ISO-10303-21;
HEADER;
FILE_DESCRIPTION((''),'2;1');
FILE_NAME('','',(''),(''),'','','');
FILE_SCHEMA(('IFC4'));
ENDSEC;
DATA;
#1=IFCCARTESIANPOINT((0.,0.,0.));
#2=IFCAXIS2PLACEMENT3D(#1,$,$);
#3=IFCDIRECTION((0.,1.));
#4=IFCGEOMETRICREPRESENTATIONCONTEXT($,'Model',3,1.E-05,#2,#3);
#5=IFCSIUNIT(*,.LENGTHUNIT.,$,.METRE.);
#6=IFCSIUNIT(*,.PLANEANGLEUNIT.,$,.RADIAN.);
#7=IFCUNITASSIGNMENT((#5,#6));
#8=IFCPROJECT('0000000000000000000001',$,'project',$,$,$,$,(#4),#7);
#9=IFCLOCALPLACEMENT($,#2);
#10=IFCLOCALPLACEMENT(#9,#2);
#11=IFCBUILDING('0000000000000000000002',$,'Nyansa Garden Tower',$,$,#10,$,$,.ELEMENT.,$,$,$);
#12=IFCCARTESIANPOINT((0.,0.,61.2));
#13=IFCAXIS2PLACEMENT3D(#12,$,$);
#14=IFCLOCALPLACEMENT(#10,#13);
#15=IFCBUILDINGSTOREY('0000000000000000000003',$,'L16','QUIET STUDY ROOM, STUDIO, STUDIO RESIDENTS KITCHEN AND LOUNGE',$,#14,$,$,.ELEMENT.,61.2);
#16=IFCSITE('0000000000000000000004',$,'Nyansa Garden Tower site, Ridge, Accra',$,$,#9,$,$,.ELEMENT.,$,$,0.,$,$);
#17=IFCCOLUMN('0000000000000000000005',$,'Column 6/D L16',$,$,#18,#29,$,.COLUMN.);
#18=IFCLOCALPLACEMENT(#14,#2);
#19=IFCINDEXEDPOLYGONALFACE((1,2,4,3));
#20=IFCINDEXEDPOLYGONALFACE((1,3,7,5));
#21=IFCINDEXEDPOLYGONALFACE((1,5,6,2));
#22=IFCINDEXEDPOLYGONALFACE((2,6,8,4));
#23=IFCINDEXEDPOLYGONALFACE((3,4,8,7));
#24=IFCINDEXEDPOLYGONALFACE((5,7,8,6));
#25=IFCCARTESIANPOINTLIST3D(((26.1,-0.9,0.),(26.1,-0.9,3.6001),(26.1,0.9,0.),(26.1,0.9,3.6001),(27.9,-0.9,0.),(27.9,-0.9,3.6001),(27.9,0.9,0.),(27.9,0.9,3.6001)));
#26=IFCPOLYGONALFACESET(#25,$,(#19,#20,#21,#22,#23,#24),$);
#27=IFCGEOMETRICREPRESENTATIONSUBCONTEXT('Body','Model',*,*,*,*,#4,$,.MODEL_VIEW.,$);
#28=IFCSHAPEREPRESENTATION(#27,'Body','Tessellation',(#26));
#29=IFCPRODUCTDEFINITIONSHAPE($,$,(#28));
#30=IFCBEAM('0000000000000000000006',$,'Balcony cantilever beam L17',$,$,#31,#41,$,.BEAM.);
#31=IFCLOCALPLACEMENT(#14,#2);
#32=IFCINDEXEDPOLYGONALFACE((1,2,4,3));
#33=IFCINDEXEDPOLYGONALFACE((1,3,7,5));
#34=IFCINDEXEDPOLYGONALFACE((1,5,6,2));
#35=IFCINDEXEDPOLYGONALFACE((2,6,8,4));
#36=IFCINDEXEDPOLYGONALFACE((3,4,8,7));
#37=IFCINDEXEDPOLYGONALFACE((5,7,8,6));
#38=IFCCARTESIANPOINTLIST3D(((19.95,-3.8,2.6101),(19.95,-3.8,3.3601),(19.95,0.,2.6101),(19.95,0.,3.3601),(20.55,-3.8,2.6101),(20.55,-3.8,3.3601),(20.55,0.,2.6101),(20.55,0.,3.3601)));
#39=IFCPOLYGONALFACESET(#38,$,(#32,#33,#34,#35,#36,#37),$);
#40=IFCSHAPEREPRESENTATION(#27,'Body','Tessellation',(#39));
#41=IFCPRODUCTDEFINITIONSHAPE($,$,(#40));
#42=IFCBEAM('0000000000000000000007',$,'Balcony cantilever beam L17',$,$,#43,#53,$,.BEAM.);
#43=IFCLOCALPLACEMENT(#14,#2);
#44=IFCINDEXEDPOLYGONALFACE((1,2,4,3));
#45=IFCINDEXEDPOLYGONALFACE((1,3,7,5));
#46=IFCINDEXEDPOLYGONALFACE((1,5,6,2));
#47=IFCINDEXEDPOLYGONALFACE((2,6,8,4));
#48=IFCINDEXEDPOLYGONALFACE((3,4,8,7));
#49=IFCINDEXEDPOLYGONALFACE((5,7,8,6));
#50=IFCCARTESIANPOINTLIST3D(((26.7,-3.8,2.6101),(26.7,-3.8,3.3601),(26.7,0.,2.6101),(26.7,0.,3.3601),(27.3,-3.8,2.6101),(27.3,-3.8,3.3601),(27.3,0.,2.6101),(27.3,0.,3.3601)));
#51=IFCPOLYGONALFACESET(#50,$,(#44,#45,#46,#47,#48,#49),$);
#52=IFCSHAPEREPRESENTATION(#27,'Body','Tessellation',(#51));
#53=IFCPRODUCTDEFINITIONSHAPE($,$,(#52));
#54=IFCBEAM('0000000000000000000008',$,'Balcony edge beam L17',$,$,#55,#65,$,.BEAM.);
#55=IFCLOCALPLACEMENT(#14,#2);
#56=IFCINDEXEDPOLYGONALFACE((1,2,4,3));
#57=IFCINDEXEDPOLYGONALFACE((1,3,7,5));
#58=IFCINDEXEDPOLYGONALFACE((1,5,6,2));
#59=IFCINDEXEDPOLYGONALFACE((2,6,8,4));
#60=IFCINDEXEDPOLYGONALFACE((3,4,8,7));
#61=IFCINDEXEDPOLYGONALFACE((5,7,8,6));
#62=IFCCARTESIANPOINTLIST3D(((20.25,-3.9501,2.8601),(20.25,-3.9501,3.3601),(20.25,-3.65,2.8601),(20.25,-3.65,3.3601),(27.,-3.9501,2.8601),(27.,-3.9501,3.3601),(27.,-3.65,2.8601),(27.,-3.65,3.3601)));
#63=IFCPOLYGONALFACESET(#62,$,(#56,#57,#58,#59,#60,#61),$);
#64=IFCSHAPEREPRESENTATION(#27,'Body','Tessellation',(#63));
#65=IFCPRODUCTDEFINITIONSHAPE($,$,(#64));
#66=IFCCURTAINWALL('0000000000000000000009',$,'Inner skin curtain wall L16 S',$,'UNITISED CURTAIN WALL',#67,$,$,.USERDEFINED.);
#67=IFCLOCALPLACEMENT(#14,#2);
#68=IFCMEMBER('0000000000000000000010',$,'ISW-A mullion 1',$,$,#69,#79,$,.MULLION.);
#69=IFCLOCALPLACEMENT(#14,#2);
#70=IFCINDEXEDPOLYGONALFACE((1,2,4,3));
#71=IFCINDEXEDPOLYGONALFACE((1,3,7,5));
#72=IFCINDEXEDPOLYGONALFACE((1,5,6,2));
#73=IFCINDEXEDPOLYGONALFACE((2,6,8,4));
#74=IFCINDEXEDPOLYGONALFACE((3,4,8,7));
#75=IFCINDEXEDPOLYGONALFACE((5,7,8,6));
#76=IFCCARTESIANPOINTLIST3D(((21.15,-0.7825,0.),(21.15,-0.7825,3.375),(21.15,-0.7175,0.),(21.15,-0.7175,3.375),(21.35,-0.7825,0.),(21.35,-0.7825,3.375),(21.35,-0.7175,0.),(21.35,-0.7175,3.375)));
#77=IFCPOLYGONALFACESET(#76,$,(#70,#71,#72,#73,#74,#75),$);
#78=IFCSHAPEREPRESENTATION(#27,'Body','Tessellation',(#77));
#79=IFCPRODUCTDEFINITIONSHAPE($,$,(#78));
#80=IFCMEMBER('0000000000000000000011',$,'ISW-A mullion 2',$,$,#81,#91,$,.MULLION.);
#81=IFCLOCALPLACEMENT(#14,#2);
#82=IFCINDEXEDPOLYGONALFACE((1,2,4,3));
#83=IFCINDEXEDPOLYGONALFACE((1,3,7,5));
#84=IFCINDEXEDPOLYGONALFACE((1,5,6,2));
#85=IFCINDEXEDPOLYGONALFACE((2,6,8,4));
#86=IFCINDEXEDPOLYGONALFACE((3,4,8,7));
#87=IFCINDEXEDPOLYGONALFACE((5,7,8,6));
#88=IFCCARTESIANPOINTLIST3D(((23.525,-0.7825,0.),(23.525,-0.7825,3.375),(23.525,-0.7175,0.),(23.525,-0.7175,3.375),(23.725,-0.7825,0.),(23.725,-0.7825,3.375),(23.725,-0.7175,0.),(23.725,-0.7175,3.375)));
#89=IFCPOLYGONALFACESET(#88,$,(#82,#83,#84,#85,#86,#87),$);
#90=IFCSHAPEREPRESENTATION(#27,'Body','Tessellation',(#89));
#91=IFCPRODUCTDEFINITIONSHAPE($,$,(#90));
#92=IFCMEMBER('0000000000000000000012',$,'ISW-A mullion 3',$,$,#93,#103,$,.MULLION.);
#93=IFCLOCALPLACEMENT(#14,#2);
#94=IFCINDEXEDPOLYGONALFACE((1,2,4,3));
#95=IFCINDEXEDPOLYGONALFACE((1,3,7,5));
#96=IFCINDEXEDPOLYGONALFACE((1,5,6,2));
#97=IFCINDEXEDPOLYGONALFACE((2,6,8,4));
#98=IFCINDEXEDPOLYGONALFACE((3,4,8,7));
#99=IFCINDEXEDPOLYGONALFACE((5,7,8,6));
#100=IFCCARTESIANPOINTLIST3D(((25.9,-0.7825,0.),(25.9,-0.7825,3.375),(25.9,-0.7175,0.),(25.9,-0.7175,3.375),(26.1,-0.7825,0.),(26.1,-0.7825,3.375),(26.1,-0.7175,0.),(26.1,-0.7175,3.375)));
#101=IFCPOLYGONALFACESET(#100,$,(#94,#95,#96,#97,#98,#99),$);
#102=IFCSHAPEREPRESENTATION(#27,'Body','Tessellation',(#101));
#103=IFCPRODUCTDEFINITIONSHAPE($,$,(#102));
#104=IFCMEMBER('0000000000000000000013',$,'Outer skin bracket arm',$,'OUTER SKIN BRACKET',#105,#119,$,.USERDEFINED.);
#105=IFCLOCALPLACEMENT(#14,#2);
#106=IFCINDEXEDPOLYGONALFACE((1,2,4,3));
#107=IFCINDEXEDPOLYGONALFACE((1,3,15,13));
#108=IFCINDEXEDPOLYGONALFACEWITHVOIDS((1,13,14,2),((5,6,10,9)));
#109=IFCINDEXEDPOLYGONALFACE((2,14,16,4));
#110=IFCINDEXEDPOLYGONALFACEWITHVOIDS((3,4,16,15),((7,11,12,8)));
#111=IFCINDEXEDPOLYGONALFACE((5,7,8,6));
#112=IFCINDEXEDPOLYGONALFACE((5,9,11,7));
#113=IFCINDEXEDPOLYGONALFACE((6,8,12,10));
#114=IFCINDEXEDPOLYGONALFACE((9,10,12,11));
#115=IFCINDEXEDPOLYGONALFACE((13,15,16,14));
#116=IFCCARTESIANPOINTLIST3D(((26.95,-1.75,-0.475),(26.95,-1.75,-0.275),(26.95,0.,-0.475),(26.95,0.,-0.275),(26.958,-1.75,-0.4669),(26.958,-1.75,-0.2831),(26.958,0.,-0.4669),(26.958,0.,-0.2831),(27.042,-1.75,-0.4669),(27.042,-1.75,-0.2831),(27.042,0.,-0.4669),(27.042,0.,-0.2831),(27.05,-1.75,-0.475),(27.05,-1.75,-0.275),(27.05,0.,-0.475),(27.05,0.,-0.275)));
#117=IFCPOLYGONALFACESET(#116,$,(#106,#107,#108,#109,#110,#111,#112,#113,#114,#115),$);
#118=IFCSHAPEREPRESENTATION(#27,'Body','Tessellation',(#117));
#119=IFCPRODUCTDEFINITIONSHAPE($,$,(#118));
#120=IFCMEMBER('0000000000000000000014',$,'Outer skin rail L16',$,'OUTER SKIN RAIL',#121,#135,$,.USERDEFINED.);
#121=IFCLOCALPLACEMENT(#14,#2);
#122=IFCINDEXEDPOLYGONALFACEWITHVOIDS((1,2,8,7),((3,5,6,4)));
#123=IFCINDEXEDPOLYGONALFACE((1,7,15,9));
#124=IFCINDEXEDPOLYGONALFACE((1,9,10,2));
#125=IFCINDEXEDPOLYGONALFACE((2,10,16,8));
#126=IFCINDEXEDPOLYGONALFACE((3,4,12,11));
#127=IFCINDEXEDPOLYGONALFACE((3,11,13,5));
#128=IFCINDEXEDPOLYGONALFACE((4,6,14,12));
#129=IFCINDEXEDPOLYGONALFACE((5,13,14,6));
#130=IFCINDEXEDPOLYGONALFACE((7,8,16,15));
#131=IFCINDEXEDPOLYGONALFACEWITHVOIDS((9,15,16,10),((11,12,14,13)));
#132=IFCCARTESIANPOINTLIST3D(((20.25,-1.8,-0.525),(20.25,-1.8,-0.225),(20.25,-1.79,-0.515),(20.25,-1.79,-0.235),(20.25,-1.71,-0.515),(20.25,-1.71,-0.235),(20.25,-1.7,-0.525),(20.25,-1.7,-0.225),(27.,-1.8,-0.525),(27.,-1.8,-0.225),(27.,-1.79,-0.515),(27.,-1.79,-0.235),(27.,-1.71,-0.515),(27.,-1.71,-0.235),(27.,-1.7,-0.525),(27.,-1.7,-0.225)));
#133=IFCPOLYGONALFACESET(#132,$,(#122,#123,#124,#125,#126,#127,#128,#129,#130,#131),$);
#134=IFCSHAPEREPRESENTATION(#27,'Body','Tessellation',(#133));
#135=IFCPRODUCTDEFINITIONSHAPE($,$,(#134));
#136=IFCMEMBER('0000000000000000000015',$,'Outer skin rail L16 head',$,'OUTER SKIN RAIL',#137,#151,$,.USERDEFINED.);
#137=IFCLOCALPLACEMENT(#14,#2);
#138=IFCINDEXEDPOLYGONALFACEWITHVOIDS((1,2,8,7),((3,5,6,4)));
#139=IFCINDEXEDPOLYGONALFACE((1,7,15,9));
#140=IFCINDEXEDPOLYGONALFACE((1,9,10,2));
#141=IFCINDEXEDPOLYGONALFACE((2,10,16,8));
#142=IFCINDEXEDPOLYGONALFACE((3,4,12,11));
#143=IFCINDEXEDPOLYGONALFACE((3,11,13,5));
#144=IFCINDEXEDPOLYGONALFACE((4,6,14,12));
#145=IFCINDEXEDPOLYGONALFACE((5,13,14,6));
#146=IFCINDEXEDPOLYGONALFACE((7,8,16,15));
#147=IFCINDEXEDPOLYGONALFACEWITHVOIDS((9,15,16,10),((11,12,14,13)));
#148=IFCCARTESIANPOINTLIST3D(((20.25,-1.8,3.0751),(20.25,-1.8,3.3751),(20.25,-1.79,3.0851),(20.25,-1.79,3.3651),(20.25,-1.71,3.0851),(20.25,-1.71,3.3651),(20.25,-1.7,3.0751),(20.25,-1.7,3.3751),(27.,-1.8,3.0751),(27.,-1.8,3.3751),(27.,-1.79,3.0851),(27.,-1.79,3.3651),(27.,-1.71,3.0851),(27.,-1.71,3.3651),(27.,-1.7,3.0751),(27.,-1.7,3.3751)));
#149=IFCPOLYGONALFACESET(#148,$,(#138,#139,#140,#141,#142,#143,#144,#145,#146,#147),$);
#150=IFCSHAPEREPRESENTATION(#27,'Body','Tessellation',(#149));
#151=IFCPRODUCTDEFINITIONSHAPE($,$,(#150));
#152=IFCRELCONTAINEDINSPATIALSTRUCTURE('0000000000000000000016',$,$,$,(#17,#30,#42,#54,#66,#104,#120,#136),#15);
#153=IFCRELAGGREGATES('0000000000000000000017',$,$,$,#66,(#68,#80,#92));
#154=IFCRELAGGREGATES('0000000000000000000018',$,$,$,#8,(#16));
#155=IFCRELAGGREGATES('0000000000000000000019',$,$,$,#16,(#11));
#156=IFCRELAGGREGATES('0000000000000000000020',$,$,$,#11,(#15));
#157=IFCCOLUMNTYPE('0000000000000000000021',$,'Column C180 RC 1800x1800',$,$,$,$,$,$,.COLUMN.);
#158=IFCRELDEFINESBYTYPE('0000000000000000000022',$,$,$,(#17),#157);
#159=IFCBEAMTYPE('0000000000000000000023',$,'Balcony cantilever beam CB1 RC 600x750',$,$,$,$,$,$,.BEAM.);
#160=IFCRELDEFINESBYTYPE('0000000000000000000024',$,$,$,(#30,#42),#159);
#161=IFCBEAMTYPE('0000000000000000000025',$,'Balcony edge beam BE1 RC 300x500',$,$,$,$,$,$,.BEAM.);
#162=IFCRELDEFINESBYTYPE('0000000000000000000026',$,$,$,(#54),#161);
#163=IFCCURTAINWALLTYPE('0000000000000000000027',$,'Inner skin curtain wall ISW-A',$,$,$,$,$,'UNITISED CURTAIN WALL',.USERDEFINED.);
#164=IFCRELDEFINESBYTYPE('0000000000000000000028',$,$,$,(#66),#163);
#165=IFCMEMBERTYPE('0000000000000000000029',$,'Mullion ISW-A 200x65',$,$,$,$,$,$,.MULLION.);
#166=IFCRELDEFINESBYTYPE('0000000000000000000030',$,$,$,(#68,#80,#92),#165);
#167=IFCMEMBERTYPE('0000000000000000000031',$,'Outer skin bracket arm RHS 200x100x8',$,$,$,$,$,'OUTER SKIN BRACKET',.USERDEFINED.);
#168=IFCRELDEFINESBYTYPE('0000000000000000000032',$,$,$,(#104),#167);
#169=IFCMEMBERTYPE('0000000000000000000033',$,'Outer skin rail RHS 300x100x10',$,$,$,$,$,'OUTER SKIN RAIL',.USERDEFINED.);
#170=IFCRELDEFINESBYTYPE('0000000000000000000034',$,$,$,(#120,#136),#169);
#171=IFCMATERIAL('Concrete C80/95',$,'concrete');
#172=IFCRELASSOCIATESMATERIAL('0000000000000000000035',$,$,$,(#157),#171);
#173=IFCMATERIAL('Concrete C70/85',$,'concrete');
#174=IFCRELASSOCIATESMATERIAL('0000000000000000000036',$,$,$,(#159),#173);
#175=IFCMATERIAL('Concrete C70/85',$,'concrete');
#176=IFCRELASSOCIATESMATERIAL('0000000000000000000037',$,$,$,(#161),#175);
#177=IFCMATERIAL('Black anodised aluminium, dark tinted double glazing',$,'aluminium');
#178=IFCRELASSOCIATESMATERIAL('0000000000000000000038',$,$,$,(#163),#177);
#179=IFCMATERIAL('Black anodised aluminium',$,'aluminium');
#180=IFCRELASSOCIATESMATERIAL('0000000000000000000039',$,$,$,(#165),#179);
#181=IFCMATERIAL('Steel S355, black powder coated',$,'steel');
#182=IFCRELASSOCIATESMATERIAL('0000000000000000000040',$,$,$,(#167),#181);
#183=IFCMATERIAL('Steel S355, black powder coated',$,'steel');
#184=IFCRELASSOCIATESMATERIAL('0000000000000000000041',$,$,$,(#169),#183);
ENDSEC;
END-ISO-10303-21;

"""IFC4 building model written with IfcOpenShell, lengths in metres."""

from ifc_helpers import new_model, si_unit, direction, frame, origin, origin_2d, place, context, subcontext, project, spatial, rectangle, hollow_rectangle, extrude, material, material_profile, profile_set, type_object, element, aggregate, save


model = new_model("IFC4")

# Units and contexts
model_context = context("Model", 3, precision=1e-05, world=origin(), true_north=direction((0.0, 1.0)))
body_context = subcontext(model_context, "Body", "Model", "MODEL_VIEW")
ifc_project = project(units=[si_unit("LENGTHUNIT", "METRE"), si_unit("PLANEANGLEUNIT", "RADIAN")], contexts=[model_context])

# Site, building, storey
site_placement = place(None, origin())
site = spatial("IfcSite", under=ifc_project, at=site_placement, Name="Nyansa Garden Tower site, Ridge, Accra", CompositionType="ELEMENT", RefElevation=0.0)
building_placement = place(site_placement, origin())
building = spatial("IfcBuilding", under=site, at=building_placement, Name="Nyansa Garden Tower", CompositionType="ELEMENT")
storey_placement = place(building_placement, frame((0.0, 0.0, 61.2)))
storey = spatial("IfcBuildingStorey", under=building, at=storey_placement, Name="L16", Description="QUIET STUDY ROOM, STUDIO, STUDIO RESIDENTS KITCHEN AND LOUNGE", CompositionType="ELEMENT", Elevation=61.2)

# Column
ifc_material_1 = material(Name="Concrete C80/95", Category="concrete")
ifc_material_profile_1 = material_profile(ifc_material_1, rectangle(XDim=1.8, YDim=1.8, at=origin_2d()), Name="RC 1800x1800")
ifc_profile_set_1 = profile_set([ifc_material_profile_1], Name="Concrete C80/95")
column_type = type_object("IfcColumnType", Name="Column C180 RC 1800x1800", PredefinedType="COLUMN", material=ifc_profile_set_1)
column_placement = place(storey_placement, frame((27.0, 0.0, 0.0), z_axis=(0.0, 0.0, 1.0), x_axis=(1.0, 0.0, 0.0)))
element("IfcColumn", 1, at=column_placement, inside=storey, type_object=column_type, Name="Column 6/D L16", PredefinedType="COLUMN", context=body_context, shape_type="SweptSolid", body=[
    extrude(rectangle(XDim=1.8, YDim=1.8, at=origin_2d()), origin(), (0.0, 0.0, 1.0), 3.6001),
])

# Beams
ifc_material_2 = material(Name="Concrete C70/85", Category="concrete")
ifc_material_profile_2 = material_profile(ifc_material_2, rectangle(XDim=0.6001, YDim=0.75, at=origin_2d()), Name="RC 600x750")
ifc_profile_set_2 = profile_set([ifc_material_profile_2], Name="Concrete C70/85")
beam_type_1 = type_object("IfcBeamType", Name="Balcony cantilever beam CB1 RC 600x750", PredefinedType="BEAM", material=ifc_profile_set_2)
for number, where, z_axis, x_axis, name in (
    (2, (20.25, 0.0, 2.9851), (0.0, -1.0, 0.0), (1.0, 0.0, 0.0), "Balcony cantilever beam L17"),
    (3, (27.0, 0.0, 2.9851), (0.0, -1.0, 0.0), (1.0, 0.0, 0.0), "Balcony cantilever beam L17"),
):
    element("IfcBeam", number, at=place(storey_placement, frame(where, z_axis=z_axis, x_axis=x_axis)), inside=storey, type_object=beam_type_1, Name=name, PredefinedType="BEAM", context=body_context, shape_type="SweptSolid", body=[
        extrude(rectangle(XDim=0.6001, YDim=0.75, at=origin_2d()), origin(), (0.0, 0.0, 1.0), 3.8),
    ])
ifc_material_3 = material(Name="Concrete C70/85", Category="concrete")
ifc_material_profile_3 = material_profile(ifc_material_3, rectangle(XDim=0.3, YDim=0.5, at=origin_2d()), Name="RC 300x500")
ifc_profile_set_3 = profile_set([ifc_material_profile_3], Name="Concrete C70/85")
beam_type_2 = type_object("IfcBeamType", Name="Balcony edge beam BE1 RC 300x500", PredefinedType="BEAM", material=ifc_profile_set_3)
beam_1_placement = place(storey_placement, frame((20.25, -3.8, 3.1101), z_axis=(1.0, 0.0, 0.0), x_axis=(0.0, 1.0, 0.0)))
element("IfcBeam", 4, at=beam_1_placement, inside=storey, type_object=beam_type_2, Name="Balcony edge beam L17", PredefinedType="BEAM", context=body_context, shape_type="SweptSolid", body=[
    extrude(rectangle(XDim=0.3, YDim=0.5, at=origin_2d()), origin(), (0.0, 0.0, 1.0), 6.75),
])

# Curtain wall, members
ifc_material_4 = material(Name="Black anodised aluminium, dark tinted double glazing", Category="aluminium")
curtain_wall_type = type_object("IfcCurtainWallType", Name="Inner skin curtain wall ISW-A", ElementType="UNITISED CURTAIN WALL", PredefinedType="USERDEFINED", material=ifc_material_4)
curtain_wall_placement = place(storey_placement, origin())
curtain_wall = element("IfcCurtainWall", 5, at=curtain_wall_placement, inside=storey, type_object=curtain_wall_type, Name="Inner skin curtain wall L16 S", ObjectType="UNITISED CURTAIN WALL", PredefinedType="USERDEFINED")
ifc_material_5 = material(Name="Black anodised aluminium", Category="aluminium")
ifc_material_profile_4 = material_profile(ifc_material_5, rectangle(XDim=0.0649, YDim=0.2, at=origin_2d()), Name="Mullion 200x65")
ifc_profile_set_4 = profile_set([ifc_material_profile_4], Name="Black anodised aluminium")
member_type_1 = type_object("IfcMemberType", Name="Mullion ISW-A 200x65", PredefinedType="MULLION", material=ifc_profile_set_4)
member_1_placement = place(storey_placement, frame((21.25, -0.75, 0.0), z_axis=(0.0, 0.0, 1.0), x_axis=(0.0, 1.0, 0.0)))
member_1 = element("IfcMember", 6, at=member_1_placement, type_object=member_type_1, Name="ISW-A mullion 1", PredefinedType="MULLION", context=body_context, shape_type="SweptSolid", body=[
    extrude(rectangle(XDim=0.0649, YDim=0.2, at=origin_2d()), origin(), (0.0, 0.0, 1.0), 3.375),
])
member_2_placement = place(storey_placement, frame((23.625, -0.75, 0.0), z_axis=(0.0, 0.0, 1.0), x_axis=(0.0, 1.0, 0.0)))
member_2 = element("IfcMember", 7, at=member_2_placement, type_object=member_type_1, Name="ISW-A mullion 2", PredefinedType="MULLION", context=body_context, shape_type="SweptSolid", body=[
    extrude(rectangle(XDim=0.0649, YDim=0.2, at=origin_2d()), origin(), (0.0, 0.0, 1.0), 3.375),
])
member_3_placement = place(storey_placement, frame((26.0, -0.75, 0.0), z_axis=(0.0, 0.0, 1.0), x_axis=(0.0, 1.0, 0.0)))
member_3 = element("IfcMember", 8, at=member_3_placement, type_object=member_type_1, Name="ISW-A mullion 3", PredefinedType="MULLION", context=body_context, shape_type="SweptSolid", body=[
    extrude(rectangle(XDim=0.0649, YDim=0.2, at=origin_2d()), origin(), (0.0, 0.0, 1.0), 3.375),
])

# Members
ifc_material_6 = material(Name="Steel S355, black powder coated", Category="steel")
ifc_material_profile_5 = material_profile(ifc_material_6, hollow_rectangle(XDim=0.1001, YDim=0.2, WallThickness=0.0081, at=origin_2d()), Name="RHS 200x100x8")
ifc_profile_set_5 = profile_set([ifc_material_profile_5], Name="Steel S355, black powder coated")
member_type_2 = type_object("IfcMemberType", Name="Outer skin bracket arm RHS 200x100x8", ElementType="OUTER SKIN BRACKET", PredefinedType="USERDEFINED", material=ifc_profile_set_5)
member_4_placement = place(storey_placement, frame((27.0, 0.0, -0.375), z_axis=(0.0, -1.0, 0.0), x_axis=(1.0, 0.0, 0.0)))
element("IfcMember", 9, at=member_4_placement, inside=storey, type_object=member_type_2, Name="Outer skin bracket arm", ObjectType="OUTER SKIN BRACKET", PredefinedType="USERDEFINED", context=body_context, shape_type="SweptSolid", body=[
    extrude(hollow_rectangle(XDim=0.1001, YDim=0.2, WallThickness=0.0081, at=origin_2d()), origin(), (0.0, 0.0, 1.0), 1.75),
])
ifc_material_7 = material(Name="Steel S355, black powder coated", Category="steel")
ifc_material_profile_6 = material_profile(ifc_material_7, hollow_rectangle(XDim=0.1001, YDim=0.3, WallThickness=0.01, at=origin_2d()), Name="RHS 300x100x10")
ifc_profile_set_6 = profile_set([ifc_material_profile_6], Name="Steel S355, black powder coated")
member_type_3 = type_object("IfcMemberType", Name="Outer skin rail RHS 300x100x10", ElementType="OUTER SKIN RAIL", PredefinedType="USERDEFINED", material=ifc_profile_set_6)
for number, where, z_axis, x_axis, name in (
    (10, (20.25, -1.75, -0.375), (1.0, 0.0, 0.0), (0.0, 1.0, 0.0), "Outer skin rail L16"),
    (11, (20.25, -1.75, 3.2251), (1.0, 0.0, 0.0), (0.0, 1.0, 0.0), "Outer skin rail L16 head"),
):
    element("IfcMember", number, at=place(storey_placement, frame(where, z_axis=z_axis, x_axis=x_axis)), inside=storey, type_object=member_type_3, Name=name, ObjectType="OUTER SKIN RAIL", PredefinedType="USERDEFINED", context=body_context, shape_type="SweptSolid", body=[
        extrude(hollow_rectangle(XDim=0.1001, YDim=0.3, WallThickness=0.01, at=origin_2d()), origin(), (0.0, 0.0, 1.0), 6.75),
    ])

aggregate(curtain_wall, [member_1, member_2, member_3])

save(model, "model.ifc")
